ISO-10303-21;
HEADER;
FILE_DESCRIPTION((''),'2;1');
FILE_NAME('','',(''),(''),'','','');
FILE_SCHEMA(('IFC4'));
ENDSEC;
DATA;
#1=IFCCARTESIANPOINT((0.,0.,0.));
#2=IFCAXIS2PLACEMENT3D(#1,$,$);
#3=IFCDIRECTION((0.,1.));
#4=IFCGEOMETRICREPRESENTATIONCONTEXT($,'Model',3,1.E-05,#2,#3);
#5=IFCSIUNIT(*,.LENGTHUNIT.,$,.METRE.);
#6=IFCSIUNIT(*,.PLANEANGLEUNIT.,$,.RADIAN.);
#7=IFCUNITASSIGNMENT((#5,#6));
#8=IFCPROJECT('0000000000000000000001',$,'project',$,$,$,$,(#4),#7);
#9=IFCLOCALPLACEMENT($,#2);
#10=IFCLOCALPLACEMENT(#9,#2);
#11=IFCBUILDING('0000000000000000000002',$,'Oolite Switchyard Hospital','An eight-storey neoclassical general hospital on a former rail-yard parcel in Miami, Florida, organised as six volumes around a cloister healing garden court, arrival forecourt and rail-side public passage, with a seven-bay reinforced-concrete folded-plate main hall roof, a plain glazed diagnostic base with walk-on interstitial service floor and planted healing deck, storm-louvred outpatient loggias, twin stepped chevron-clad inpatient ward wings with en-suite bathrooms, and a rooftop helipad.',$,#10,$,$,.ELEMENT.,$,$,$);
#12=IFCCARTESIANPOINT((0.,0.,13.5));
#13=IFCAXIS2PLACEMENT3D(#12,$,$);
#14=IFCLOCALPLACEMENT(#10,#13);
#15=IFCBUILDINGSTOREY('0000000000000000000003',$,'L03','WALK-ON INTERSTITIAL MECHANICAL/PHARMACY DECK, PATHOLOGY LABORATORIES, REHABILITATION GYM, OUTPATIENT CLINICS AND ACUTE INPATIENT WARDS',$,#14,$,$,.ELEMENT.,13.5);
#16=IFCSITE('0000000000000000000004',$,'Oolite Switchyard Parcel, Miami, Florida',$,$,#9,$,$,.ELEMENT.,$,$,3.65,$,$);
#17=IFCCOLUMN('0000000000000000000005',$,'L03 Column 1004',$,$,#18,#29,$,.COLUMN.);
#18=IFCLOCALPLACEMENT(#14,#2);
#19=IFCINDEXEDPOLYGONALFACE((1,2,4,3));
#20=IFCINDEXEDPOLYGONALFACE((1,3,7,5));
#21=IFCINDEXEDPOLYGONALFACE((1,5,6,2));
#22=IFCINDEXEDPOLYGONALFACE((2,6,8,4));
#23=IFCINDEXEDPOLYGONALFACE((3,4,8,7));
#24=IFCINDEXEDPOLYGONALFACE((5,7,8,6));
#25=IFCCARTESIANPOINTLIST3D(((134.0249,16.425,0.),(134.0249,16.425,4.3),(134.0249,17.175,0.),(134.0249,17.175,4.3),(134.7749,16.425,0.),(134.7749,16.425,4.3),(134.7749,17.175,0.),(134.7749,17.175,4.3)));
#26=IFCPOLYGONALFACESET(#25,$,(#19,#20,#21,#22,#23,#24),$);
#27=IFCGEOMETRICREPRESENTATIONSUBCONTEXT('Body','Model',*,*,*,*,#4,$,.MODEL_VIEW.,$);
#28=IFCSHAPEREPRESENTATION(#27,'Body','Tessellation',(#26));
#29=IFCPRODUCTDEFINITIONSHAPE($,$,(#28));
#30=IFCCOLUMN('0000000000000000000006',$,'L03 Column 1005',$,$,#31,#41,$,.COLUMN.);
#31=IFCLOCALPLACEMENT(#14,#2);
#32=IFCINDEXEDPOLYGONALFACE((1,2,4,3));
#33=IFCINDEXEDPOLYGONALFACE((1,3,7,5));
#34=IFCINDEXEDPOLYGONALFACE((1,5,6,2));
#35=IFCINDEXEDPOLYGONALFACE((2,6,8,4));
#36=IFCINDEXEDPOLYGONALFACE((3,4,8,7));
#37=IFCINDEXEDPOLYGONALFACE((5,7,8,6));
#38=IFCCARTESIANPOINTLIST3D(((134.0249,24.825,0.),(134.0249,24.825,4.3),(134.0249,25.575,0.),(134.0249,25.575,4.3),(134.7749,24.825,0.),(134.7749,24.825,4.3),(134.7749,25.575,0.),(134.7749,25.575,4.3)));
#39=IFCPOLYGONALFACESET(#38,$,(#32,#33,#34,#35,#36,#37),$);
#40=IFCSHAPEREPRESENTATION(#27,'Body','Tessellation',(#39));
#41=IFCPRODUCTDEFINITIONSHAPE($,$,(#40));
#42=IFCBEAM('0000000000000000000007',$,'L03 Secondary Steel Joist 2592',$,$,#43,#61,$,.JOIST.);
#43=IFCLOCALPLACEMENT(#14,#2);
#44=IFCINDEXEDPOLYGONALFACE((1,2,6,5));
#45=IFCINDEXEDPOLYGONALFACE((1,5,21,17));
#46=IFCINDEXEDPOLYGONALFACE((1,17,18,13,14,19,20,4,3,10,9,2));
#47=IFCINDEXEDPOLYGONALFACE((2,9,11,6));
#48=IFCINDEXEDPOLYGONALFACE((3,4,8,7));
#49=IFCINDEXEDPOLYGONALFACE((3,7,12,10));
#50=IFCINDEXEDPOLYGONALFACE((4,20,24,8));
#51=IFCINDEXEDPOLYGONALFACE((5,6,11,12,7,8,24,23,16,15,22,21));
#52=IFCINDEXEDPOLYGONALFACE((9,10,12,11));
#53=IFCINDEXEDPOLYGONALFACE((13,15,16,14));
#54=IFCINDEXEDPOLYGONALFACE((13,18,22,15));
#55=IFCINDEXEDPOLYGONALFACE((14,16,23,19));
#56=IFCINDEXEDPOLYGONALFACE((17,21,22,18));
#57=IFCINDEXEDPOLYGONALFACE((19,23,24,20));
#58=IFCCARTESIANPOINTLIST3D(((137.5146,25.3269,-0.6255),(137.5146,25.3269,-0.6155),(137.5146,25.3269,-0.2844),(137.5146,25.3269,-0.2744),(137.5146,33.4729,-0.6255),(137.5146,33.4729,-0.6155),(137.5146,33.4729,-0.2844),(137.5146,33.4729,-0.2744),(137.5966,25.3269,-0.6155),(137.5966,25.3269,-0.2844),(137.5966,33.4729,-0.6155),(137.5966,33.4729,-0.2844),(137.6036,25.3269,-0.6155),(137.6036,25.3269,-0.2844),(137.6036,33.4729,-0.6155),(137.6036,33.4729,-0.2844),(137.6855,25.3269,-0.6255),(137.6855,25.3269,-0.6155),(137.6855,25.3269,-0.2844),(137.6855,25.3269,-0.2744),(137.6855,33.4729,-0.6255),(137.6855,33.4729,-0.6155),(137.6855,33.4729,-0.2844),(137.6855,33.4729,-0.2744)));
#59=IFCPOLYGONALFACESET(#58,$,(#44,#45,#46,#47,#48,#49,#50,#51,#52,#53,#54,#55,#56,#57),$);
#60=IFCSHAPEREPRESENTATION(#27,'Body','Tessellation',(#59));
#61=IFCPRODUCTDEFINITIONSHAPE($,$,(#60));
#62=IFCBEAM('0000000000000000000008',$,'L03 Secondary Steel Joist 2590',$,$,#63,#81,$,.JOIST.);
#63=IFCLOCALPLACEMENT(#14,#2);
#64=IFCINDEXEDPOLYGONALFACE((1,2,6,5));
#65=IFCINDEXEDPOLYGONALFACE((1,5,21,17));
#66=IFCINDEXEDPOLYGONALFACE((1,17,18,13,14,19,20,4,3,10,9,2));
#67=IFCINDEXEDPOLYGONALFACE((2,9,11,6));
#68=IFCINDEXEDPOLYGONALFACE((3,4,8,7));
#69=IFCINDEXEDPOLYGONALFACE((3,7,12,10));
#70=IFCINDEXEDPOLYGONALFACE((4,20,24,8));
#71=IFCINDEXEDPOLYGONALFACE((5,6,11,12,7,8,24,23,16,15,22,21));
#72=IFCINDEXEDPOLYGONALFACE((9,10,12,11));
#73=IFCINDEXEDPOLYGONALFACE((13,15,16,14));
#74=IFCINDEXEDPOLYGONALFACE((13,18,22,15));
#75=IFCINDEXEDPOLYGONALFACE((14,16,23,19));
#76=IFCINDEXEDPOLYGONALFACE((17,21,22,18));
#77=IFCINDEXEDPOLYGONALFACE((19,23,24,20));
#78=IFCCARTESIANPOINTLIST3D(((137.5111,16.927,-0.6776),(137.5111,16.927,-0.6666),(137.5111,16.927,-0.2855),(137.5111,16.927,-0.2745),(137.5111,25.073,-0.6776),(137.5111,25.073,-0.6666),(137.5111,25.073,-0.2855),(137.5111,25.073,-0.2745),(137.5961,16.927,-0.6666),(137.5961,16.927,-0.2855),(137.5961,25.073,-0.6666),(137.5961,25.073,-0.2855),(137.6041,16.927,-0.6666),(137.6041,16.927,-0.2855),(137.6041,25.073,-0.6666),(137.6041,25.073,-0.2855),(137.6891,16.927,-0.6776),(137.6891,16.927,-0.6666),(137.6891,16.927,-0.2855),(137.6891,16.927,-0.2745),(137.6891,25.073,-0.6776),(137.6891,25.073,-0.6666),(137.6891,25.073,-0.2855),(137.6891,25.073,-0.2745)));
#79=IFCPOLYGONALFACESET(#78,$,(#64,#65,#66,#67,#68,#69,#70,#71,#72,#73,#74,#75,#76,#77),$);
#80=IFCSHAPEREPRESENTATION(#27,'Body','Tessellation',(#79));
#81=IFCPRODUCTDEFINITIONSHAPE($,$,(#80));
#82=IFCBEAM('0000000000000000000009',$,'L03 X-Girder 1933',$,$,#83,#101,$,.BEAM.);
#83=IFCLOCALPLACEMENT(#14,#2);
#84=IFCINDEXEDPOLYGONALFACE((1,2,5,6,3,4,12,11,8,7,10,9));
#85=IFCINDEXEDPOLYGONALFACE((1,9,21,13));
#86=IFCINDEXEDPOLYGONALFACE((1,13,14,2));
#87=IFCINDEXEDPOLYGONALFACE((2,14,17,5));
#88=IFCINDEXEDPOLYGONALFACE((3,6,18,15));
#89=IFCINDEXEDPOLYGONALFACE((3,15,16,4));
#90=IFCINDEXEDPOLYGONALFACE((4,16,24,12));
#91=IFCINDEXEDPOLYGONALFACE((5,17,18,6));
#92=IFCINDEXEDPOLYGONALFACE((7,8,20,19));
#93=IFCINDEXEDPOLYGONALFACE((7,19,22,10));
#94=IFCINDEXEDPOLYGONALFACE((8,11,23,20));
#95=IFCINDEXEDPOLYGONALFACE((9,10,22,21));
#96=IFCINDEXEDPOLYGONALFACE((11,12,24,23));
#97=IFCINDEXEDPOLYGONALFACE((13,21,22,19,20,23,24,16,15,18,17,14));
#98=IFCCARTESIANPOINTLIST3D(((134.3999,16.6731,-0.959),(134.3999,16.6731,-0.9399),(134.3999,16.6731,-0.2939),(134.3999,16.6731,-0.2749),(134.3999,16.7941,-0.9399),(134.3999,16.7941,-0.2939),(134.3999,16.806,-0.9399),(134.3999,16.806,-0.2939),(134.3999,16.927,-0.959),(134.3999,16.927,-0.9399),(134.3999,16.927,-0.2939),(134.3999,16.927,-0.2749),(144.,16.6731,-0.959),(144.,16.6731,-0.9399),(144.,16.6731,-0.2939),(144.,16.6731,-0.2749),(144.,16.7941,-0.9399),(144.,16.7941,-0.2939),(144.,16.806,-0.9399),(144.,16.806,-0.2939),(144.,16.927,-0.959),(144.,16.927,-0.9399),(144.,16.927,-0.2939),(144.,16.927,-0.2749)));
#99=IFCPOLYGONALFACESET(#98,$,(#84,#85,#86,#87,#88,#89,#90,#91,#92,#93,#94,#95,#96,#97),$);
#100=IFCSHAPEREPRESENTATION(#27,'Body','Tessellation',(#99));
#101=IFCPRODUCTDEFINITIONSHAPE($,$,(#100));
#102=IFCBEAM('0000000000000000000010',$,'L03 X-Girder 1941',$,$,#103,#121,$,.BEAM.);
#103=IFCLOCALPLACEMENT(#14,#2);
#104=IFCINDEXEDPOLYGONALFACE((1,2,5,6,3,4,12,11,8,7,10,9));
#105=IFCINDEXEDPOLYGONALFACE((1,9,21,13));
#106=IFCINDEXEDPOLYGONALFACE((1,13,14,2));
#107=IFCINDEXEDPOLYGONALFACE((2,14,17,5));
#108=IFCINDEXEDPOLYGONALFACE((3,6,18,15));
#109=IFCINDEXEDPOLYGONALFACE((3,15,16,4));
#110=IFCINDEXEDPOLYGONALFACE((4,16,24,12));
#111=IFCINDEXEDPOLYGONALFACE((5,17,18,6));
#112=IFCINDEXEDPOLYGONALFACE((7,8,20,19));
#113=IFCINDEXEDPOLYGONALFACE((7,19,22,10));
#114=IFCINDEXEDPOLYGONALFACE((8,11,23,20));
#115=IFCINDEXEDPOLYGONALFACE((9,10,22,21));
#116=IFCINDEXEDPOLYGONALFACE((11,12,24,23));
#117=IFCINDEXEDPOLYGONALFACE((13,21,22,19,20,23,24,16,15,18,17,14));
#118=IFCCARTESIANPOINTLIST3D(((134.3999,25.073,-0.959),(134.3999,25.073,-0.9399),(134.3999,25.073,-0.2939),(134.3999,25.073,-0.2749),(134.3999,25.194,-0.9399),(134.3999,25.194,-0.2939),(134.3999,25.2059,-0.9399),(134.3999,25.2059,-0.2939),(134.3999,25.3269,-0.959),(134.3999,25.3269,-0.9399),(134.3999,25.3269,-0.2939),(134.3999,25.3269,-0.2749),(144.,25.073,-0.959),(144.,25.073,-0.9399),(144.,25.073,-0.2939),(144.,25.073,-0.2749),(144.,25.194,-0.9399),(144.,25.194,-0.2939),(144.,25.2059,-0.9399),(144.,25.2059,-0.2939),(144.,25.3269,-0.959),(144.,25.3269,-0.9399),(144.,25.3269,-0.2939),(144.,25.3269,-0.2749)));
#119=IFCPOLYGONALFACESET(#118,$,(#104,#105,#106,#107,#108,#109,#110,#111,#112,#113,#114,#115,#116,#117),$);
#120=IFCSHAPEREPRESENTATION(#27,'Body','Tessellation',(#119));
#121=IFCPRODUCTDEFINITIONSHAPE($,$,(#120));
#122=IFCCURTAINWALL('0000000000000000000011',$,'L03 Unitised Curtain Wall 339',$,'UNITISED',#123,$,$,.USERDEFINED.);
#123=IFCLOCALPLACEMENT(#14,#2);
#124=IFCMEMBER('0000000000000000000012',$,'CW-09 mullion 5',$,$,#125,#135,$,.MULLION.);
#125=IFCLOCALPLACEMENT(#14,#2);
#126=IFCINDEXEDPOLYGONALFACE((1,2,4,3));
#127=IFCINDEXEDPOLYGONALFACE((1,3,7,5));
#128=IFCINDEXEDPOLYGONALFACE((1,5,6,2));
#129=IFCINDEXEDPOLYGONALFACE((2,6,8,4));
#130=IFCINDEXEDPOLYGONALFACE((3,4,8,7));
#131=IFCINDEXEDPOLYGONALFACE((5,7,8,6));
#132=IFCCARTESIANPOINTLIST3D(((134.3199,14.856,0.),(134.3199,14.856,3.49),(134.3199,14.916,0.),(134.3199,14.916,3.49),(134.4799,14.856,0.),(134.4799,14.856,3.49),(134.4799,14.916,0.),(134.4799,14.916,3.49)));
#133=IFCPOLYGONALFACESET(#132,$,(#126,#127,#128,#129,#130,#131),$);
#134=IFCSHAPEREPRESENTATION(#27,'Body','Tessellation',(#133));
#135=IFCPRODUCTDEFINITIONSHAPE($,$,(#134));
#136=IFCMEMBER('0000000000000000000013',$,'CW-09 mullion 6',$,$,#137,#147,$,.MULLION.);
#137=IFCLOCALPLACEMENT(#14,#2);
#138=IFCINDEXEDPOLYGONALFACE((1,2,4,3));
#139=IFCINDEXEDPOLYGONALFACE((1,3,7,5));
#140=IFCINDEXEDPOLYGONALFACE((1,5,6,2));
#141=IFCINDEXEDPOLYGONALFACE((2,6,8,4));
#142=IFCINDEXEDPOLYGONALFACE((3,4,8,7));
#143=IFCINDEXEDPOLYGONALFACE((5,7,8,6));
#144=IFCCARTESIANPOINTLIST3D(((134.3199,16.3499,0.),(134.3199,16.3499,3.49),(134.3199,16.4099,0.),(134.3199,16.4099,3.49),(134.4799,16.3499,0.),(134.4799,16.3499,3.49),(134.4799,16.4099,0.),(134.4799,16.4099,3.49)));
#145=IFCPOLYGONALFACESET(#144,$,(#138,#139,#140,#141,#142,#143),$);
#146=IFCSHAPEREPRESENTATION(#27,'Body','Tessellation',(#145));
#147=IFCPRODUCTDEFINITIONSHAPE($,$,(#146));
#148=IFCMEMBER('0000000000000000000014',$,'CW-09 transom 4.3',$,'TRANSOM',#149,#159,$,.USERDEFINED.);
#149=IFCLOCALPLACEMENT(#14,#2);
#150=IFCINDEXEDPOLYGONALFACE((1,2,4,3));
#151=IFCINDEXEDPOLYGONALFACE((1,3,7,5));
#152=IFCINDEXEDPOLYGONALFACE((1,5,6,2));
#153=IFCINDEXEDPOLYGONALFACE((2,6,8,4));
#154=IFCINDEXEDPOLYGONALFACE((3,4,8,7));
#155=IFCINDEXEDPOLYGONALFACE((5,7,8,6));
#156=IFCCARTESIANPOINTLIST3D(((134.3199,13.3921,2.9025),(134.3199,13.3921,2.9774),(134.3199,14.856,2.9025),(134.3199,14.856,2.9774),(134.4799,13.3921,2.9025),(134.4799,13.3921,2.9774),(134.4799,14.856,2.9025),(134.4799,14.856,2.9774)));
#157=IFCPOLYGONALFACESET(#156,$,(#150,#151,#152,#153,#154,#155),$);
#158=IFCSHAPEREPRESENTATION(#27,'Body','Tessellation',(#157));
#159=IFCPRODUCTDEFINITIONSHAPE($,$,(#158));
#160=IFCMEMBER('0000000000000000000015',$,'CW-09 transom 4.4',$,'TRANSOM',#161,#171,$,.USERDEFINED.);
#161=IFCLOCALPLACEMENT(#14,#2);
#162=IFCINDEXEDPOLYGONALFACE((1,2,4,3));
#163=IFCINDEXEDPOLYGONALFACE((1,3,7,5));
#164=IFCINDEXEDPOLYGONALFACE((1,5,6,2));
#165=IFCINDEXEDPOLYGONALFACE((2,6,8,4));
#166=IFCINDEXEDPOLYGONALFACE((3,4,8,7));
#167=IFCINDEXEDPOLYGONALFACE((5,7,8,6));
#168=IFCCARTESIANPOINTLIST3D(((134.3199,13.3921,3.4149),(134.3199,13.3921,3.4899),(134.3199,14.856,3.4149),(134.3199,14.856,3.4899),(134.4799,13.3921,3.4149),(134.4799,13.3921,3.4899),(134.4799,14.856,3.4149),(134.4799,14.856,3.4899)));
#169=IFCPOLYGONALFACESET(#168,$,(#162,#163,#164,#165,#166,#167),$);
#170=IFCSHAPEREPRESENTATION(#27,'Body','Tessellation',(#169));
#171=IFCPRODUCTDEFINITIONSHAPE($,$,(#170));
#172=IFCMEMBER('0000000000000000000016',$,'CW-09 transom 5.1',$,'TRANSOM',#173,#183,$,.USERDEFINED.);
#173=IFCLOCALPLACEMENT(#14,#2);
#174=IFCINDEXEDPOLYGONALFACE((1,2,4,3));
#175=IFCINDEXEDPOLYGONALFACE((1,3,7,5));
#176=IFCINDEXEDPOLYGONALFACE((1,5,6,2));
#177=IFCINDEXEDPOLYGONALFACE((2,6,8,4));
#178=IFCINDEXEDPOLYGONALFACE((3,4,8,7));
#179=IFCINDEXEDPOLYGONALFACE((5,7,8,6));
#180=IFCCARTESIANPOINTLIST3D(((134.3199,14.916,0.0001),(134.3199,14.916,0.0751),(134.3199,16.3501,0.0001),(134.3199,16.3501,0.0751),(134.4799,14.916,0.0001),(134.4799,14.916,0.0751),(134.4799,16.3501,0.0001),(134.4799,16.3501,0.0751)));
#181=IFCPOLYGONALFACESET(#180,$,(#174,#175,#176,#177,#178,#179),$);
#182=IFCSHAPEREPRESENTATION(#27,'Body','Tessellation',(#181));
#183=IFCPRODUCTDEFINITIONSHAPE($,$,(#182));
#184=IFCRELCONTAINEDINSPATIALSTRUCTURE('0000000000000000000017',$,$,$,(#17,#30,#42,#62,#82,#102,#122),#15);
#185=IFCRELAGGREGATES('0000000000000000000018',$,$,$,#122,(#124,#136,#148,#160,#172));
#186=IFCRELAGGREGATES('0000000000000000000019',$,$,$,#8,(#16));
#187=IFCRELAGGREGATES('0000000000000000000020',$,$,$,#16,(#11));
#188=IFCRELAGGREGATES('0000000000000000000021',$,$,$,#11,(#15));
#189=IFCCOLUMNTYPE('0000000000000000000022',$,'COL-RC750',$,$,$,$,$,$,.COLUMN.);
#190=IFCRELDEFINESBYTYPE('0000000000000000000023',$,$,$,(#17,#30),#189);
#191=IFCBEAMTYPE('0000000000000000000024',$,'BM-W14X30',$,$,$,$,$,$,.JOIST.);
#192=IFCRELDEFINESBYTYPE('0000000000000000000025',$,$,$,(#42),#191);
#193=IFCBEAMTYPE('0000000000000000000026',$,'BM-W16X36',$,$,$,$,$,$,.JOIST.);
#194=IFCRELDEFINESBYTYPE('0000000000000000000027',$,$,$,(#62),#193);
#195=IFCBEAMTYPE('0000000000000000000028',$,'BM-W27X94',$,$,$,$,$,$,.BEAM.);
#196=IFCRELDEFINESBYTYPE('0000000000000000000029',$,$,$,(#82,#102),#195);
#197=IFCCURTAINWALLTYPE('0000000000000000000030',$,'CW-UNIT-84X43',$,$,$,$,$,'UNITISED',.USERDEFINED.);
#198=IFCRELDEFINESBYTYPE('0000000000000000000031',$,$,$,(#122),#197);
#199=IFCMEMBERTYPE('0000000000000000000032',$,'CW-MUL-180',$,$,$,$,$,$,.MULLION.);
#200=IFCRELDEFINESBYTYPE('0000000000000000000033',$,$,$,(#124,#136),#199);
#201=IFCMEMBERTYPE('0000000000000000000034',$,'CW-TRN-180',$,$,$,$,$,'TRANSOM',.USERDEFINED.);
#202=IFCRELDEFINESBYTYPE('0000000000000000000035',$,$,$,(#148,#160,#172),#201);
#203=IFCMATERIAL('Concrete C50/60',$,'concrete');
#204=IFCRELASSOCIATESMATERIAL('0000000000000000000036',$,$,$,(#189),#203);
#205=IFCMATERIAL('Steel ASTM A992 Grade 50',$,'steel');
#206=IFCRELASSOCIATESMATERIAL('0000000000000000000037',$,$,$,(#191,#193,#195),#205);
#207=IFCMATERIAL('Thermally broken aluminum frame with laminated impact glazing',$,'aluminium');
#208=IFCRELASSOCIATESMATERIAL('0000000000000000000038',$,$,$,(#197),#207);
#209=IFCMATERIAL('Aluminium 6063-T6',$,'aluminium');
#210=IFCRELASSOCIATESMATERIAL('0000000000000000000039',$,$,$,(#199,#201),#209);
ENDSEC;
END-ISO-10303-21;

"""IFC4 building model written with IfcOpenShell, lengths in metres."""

from ifc_helpers import new_model, si_unit, direction, frame, origin, origin_2d, place, context, subcontext, project, spatial, rectangle, i_section, extrude, material, material_profile, profile_set, type_object, element, aggregate, save


model = new_model("IFC4")

# Units and contexts
model_context = context("Model", 3, precision=1e-05, world=origin(), true_north=direction((0.0, 1.0)))
body_context = subcontext(model_context, "Body", "Model", "MODEL_VIEW")
ifc_project = project(units=[si_unit("LENGTHUNIT", "METRE"), si_unit("PLANEANGLEUNIT", "RADIAN")], contexts=[model_context])

# Site, building, storey
site_placement = place(None, origin())
site = spatial("IfcSite", under=ifc_project, at=site_placement, Name="Oolite Switchyard Parcel, Miami, Florida", CompositionType="ELEMENT", RefElevation=3.65)
building_placement = place(site_placement, origin())
building = spatial("IfcBuilding", under=site, at=building_placement, Name="Oolite Switchyard Hospital", Description="An eight-storey neoclassical general hospital on a former rail-yard parcel in Miami, Florida, organised as six volumes around a cloister healing garden court, arrival forecourt and rail-side public passage, with a seven-bay reinforced-concrete folded-plate main hall roof, a plain glazed diagnostic base with walk-on interstitial service floor and planted healing deck, storm-louvred outpatient loggias, twin stepped chevron-clad inpatient ward wings with en-suite bathrooms, and a rooftop helipad.", CompositionType="ELEMENT")
storey_placement = place(building_placement, frame((0.0, 0.0, 13.5)))
storey = spatial("IfcBuildingStorey", under=building, at=storey_placement, Name="L03", Description="WALK-ON INTERSTITIAL MECHANICAL/PHARMACY DECK, PATHOLOGY LABORATORIES, REHABILITATION GYM, OUTPATIENT CLINICS AND ACUTE INPATIENT WARDS", CompositionType="ELEMENT", Elevation=13.5)

# Columns
ifc_material_1 = material(Name="Concrete C50/60", Category="concrete")
ifc_material_profile_1 = material_profile(ifc_material_1, rectangle(XDim=0.75, YDim=0.75, at=origin_2d()), Name="RC750X750")
ifc_profile_set_1 = profile_set([ifc_material_profile_1], Name="Concrete C50/60")
column_type = type_object("IfcColumnType", Name="COL-RC750", PredefinedType="COLUMN", material=ifc_profile_set_1)
for number, where, z_axis, x_axis, name in (
    (1, (134.3999, 16.8, 0.0), (0.0, 0.0, 1.0), (1.0, 0.0, 0.0), "L03 Column 1004"),
    (2, (134.3999, 25.2, 0.0), (0.0, 0.0, 1.0), (1.0, 0.0, 0.0), "L03 Column 1005"),
):
    element("IfcColumn", number, at=place(storey_placement, frame(where, z_axis=z_axis, x_axis=x_axis)), inside=storey, type_object=column_type, Name=name, PredefinedType="COLUMN", context=body_context, shape_type="SweptSolid", body=[
        extrude(rectangle(XDim=0.75, YDim=0.75, at=origin_2d()), origin(), (0.0, 0.0, 1.0), 4.3),
    ])

# Beams
ifc_material_2 = material(Name="Steel ASTM A992 Grade 50", Category="steel")
ifc_material_profile_2 = material_profile(ifc_material_2, i_section(OverallWidth=0.1709, OverallDepth=0.3511, WebThickness=0.0071, FlangeThickness=0.01, at=origin_2d()), Name="W14X30")
ifc_profile_set_2 = profile_set([ifc_material_profile_2], Name="Steel ASTM A992 Grade 50")
beam_type_1 = type_object("IfcBeamType", Name="BM-W14X30", PredefinedType="JOIST", material=ifc_profile_set_2)
beam_1_placement = place(storey_placement, frame((137.6001, 25.3269, -0.45), z_axis=(0.0, 1.0, 0.0), x_axis=(-1.0, 0.0, 0.0)))
element("IfcBeam", 3, at=beam_1_placement, inside=storey, type_object=beam_type_1, Name="L03 Secondary Steel Joist 2592", PredefinedType="JOIST", context=body_context, shape_type="SweptSolid", body=[
    extrude(i_section(OverallWidth=0.1709, OverallDepth=0.3511, WebThickness=0.0071, FlangeThickness=0.01, at=origin_2d()), origin(), (0.0, 0.0, 1.0), 8.146),
])
ifc_material_profile_3 = material_profile(ifc_material_2, i_section(OverallWidth=0.178, OverallDepth=0.4031, WebThickness=0.0081, FlangeThickness=0.011, at=origin_2d()), Name="W16X36")
ifc_profile_set_3 = profile_set([ifc_material_profile_3], Name="Steel ASTM A992 Grade 50")
beam_type_2 = type_object("IfcBeamType", Name="BM-W16X36", PredefinedType="JOIST", material=ifc_profile_set_3)
beam_2_placement = place(storey_placement, frame((137.6001, 16.927, -0.4761), z_axis=(0.0, 1.0, 0.0), x_axis=(-1.0, 0.0, 0.0)))
element("IfcBeam", 4, at=beam_2_placement, inside=storey, type_object=beam_type_2, Name="L03 Secondary Steel Joist 2590", PredefinedType="JOIST", context=body_context, shape_type="SweptSolid", body=[
    extrude(i_section(OverallWidth=0.178, OverallDepth=0.4031, WebThickness=0.0081, FlangeThickness=0.011, at=origin_2d()), origin(), (0.0, 0.0, 1.0), 8.146),
])
ifc_material_profile_4 = material_profile(ifc_material_2, i_section(OverallWidth=0.2539, OverallDepth=0.6841, WebThickness=0.012, FlangeThickness=0.019, at=origin_2d()), Name="W27X94")
ifc_profile_set_4 = profile_set([ifc_material_profile_4], Name="Steel ASTM A992 Grade 50")
beam_type_3 = type_object("IfcBeamType", Name="BM-W27X94", PredefinedType="BEAM", material=ifc_profile_set_4)
for number, where, z_axis, x_axis, name in (
    (5, (134.3999, 16.8, -0.6169), (1.0, 0.0, 0.0), (0.0, 1.0, 0.0), "L03 X-Girder 1933"),
    (6, (134.3999, 25.2, -0.6169), (1.0, 0.0, 0.0), (0.0, 1.0, 0.0), "L03 X-Girder 1941"),
):
    element("IfcBeam", number, at=place(storey_placement, frame(where, z_axis=z_axis, x_axis=x_axis)), inside=storey, type_object=beam_type_3, Name=name, PredefinedType="BEAM", context=body_context, shape_type="SweptSolid", body=[
        extrude(i_section(OverallWidth=0.2539, OverallDepth=0.6841, WebThickness=0.012, FlangeThickness=0.019, at=origin_2d()), origin(), (0.0, 0.0, 1.0), 9.6001),
    ])

# Curtain wall, members
ifc_material_3 = material(Name="Thermally broken aluminum frame with laminated impact glazing", Category="aluminium")
curtain_wall_type = type_object("IfcCurtainWallType", Name="CW-UNIT-84X43", ElementType="UNITISED", PredefinedType="USERDEFINED", material=ifc_material_3)
curtain_wall_placement = place(storey_placement, origin())
curtain_wall = element("IfcCurtainWall", 7, at=curtain_wall_placement, inside=storey, type_object=curtain_wall_type, Name="L03 Unitised Curtain Wall 339", ObjectType="UNITISED", PredefinedType="USERDEFINED")
ifc_material_4 = material(Name="Aluminium 6063-T6", Category="aluminium")
ifc_material_profile_5 = material_profile(ifc_material_4, rectangle(XDim=0.1599, YDim=0.0601, at=origin_2d()), Name="CWM60X160")
ifc_profile_set_5 = profile_set([ifc_material_profile_5], Name="Aluminium 6063-T6")
member_type_1 = type_object("IfcMemberType", Name="CW-MUL-180", PredefinedType="MULLION", material=ifc_profile_set_5)
member_1_placement = place(storey_placement, frame((134.3999, 14.886, 0.0), z_axis=(0.0, 0.0, 1.0), x_axis=(-1.0, 0.0, 0.0)))
member_1 = element("IfcMember", 8, at=member_1_placement, type_object=member_type_1, Name="CW-09 mullion 5", PredefinedType="MULLION", context=body_context, shape_type="SweptSolid", body=[
    extrude(rectangle(XDim=0.1599, YDim=0.0601, at=origin_2d()), origin(), (0.0, 0.0, 1.0), 3.49),
])
member_2_placement = place(storey_placement, frame((134.3999, 16.3799, 0.0), z_axis=(0.0, 0.0, 1.0), x_axis=(-1.0, 0.0, 0.0)))
member_2 = element("IfcMember", 9, at=member_2_placement, type_object=member_type_1, Name="CW-09 mullion 6", PredefinedType="MULLION", context=body_context, shape_type="SweptSolid", body=[
    extrude(rectangle(XDim=0.1599, YDim=0.0601, at=origin_2d()), origin(), (0.0, 0.0, 1.0), 3.49),
])
ifc_material_profile_6 = material_profile(ifc_material_4, rectangle(XDim=0.1599, YDim=0.075, at=origin_2d()), Name="CWT75X160")
ifc_profile_set_6 = profile_set([ifc_material_profile_6], Name="Aluminium 6063-T6")
member_type_2 = type_object("IfcMemberType", Name="CW-TRN-180", ElementType="TRANSOM", PredefinedType="USERDEFINED", material=ifc_profile_set_6)
member_3_placement = place(storey_placement, frame((134.3999, 13.3921, 2.9399), z_axis=(0.0, 1.0, 0.0), x_axis=(-1.0, 0.0, 0.0)))
member_3 = element("IfcMember", 10, at=member_3_placement, type_object=member_type_2, Name="CW-09 transom 4.3", ObjectType="TRANSOM", PredefinedType="USERDEFINED", context=body_context, shape_type="SweptSolid", body=[
    extrude(rectangle(XDim=0.1599, YDim=0.075, at=origin_2d()), origin(), (0.0, 0.0, 1.0), 1.4639),
])
member_4_placement = place(storey_placement, frame((134.3999, 13.3921, 3.4524), z_axis=(0.0, 1.0, 0.0), x_axis=(-1.0, 0.0, 0.0)))
member_4 = element("IfcMember", 11, at=member_4_placement, type_object=member_type_2, Name="CW-09 transom 4.4", ObjectType="TRANSOM", PredefinedType="USERDEFINED", context=body_context, shape_type="SweptSolid", body=[
    extrude(rectangle(XDim=0.1599, YDim=0.075, at=origin_2d()), origin(), (0.0, 0.0, 1.0), 1.4639),
])
member_5_placement = place(storey_placement, frame((134.3999, 14.916, 0.0376), z_axis=(0.0, 1.0, 0.0), x_axis=(-1.0, 0.0, 0.0)))
member_5 = element("IfcMember", 12, at=member_5_placement, type_object=member_type_2, Name="CW-09 transom 5.1", ObjectType="TRANSOM", PredefinedType="USERDEFINED", context=body_context, shape_type="SweptSolid", body=[
    extrude(rectangle(XDim=0.1599, YDim=0.075, at=origin_2d()), origin(), (0.0, 0.0, 1.0), 1.4341),
])

aggregate(curtain_wall, [member_1, member_2, member_3, member_4, member_5])

save(model, "model.ifc")
